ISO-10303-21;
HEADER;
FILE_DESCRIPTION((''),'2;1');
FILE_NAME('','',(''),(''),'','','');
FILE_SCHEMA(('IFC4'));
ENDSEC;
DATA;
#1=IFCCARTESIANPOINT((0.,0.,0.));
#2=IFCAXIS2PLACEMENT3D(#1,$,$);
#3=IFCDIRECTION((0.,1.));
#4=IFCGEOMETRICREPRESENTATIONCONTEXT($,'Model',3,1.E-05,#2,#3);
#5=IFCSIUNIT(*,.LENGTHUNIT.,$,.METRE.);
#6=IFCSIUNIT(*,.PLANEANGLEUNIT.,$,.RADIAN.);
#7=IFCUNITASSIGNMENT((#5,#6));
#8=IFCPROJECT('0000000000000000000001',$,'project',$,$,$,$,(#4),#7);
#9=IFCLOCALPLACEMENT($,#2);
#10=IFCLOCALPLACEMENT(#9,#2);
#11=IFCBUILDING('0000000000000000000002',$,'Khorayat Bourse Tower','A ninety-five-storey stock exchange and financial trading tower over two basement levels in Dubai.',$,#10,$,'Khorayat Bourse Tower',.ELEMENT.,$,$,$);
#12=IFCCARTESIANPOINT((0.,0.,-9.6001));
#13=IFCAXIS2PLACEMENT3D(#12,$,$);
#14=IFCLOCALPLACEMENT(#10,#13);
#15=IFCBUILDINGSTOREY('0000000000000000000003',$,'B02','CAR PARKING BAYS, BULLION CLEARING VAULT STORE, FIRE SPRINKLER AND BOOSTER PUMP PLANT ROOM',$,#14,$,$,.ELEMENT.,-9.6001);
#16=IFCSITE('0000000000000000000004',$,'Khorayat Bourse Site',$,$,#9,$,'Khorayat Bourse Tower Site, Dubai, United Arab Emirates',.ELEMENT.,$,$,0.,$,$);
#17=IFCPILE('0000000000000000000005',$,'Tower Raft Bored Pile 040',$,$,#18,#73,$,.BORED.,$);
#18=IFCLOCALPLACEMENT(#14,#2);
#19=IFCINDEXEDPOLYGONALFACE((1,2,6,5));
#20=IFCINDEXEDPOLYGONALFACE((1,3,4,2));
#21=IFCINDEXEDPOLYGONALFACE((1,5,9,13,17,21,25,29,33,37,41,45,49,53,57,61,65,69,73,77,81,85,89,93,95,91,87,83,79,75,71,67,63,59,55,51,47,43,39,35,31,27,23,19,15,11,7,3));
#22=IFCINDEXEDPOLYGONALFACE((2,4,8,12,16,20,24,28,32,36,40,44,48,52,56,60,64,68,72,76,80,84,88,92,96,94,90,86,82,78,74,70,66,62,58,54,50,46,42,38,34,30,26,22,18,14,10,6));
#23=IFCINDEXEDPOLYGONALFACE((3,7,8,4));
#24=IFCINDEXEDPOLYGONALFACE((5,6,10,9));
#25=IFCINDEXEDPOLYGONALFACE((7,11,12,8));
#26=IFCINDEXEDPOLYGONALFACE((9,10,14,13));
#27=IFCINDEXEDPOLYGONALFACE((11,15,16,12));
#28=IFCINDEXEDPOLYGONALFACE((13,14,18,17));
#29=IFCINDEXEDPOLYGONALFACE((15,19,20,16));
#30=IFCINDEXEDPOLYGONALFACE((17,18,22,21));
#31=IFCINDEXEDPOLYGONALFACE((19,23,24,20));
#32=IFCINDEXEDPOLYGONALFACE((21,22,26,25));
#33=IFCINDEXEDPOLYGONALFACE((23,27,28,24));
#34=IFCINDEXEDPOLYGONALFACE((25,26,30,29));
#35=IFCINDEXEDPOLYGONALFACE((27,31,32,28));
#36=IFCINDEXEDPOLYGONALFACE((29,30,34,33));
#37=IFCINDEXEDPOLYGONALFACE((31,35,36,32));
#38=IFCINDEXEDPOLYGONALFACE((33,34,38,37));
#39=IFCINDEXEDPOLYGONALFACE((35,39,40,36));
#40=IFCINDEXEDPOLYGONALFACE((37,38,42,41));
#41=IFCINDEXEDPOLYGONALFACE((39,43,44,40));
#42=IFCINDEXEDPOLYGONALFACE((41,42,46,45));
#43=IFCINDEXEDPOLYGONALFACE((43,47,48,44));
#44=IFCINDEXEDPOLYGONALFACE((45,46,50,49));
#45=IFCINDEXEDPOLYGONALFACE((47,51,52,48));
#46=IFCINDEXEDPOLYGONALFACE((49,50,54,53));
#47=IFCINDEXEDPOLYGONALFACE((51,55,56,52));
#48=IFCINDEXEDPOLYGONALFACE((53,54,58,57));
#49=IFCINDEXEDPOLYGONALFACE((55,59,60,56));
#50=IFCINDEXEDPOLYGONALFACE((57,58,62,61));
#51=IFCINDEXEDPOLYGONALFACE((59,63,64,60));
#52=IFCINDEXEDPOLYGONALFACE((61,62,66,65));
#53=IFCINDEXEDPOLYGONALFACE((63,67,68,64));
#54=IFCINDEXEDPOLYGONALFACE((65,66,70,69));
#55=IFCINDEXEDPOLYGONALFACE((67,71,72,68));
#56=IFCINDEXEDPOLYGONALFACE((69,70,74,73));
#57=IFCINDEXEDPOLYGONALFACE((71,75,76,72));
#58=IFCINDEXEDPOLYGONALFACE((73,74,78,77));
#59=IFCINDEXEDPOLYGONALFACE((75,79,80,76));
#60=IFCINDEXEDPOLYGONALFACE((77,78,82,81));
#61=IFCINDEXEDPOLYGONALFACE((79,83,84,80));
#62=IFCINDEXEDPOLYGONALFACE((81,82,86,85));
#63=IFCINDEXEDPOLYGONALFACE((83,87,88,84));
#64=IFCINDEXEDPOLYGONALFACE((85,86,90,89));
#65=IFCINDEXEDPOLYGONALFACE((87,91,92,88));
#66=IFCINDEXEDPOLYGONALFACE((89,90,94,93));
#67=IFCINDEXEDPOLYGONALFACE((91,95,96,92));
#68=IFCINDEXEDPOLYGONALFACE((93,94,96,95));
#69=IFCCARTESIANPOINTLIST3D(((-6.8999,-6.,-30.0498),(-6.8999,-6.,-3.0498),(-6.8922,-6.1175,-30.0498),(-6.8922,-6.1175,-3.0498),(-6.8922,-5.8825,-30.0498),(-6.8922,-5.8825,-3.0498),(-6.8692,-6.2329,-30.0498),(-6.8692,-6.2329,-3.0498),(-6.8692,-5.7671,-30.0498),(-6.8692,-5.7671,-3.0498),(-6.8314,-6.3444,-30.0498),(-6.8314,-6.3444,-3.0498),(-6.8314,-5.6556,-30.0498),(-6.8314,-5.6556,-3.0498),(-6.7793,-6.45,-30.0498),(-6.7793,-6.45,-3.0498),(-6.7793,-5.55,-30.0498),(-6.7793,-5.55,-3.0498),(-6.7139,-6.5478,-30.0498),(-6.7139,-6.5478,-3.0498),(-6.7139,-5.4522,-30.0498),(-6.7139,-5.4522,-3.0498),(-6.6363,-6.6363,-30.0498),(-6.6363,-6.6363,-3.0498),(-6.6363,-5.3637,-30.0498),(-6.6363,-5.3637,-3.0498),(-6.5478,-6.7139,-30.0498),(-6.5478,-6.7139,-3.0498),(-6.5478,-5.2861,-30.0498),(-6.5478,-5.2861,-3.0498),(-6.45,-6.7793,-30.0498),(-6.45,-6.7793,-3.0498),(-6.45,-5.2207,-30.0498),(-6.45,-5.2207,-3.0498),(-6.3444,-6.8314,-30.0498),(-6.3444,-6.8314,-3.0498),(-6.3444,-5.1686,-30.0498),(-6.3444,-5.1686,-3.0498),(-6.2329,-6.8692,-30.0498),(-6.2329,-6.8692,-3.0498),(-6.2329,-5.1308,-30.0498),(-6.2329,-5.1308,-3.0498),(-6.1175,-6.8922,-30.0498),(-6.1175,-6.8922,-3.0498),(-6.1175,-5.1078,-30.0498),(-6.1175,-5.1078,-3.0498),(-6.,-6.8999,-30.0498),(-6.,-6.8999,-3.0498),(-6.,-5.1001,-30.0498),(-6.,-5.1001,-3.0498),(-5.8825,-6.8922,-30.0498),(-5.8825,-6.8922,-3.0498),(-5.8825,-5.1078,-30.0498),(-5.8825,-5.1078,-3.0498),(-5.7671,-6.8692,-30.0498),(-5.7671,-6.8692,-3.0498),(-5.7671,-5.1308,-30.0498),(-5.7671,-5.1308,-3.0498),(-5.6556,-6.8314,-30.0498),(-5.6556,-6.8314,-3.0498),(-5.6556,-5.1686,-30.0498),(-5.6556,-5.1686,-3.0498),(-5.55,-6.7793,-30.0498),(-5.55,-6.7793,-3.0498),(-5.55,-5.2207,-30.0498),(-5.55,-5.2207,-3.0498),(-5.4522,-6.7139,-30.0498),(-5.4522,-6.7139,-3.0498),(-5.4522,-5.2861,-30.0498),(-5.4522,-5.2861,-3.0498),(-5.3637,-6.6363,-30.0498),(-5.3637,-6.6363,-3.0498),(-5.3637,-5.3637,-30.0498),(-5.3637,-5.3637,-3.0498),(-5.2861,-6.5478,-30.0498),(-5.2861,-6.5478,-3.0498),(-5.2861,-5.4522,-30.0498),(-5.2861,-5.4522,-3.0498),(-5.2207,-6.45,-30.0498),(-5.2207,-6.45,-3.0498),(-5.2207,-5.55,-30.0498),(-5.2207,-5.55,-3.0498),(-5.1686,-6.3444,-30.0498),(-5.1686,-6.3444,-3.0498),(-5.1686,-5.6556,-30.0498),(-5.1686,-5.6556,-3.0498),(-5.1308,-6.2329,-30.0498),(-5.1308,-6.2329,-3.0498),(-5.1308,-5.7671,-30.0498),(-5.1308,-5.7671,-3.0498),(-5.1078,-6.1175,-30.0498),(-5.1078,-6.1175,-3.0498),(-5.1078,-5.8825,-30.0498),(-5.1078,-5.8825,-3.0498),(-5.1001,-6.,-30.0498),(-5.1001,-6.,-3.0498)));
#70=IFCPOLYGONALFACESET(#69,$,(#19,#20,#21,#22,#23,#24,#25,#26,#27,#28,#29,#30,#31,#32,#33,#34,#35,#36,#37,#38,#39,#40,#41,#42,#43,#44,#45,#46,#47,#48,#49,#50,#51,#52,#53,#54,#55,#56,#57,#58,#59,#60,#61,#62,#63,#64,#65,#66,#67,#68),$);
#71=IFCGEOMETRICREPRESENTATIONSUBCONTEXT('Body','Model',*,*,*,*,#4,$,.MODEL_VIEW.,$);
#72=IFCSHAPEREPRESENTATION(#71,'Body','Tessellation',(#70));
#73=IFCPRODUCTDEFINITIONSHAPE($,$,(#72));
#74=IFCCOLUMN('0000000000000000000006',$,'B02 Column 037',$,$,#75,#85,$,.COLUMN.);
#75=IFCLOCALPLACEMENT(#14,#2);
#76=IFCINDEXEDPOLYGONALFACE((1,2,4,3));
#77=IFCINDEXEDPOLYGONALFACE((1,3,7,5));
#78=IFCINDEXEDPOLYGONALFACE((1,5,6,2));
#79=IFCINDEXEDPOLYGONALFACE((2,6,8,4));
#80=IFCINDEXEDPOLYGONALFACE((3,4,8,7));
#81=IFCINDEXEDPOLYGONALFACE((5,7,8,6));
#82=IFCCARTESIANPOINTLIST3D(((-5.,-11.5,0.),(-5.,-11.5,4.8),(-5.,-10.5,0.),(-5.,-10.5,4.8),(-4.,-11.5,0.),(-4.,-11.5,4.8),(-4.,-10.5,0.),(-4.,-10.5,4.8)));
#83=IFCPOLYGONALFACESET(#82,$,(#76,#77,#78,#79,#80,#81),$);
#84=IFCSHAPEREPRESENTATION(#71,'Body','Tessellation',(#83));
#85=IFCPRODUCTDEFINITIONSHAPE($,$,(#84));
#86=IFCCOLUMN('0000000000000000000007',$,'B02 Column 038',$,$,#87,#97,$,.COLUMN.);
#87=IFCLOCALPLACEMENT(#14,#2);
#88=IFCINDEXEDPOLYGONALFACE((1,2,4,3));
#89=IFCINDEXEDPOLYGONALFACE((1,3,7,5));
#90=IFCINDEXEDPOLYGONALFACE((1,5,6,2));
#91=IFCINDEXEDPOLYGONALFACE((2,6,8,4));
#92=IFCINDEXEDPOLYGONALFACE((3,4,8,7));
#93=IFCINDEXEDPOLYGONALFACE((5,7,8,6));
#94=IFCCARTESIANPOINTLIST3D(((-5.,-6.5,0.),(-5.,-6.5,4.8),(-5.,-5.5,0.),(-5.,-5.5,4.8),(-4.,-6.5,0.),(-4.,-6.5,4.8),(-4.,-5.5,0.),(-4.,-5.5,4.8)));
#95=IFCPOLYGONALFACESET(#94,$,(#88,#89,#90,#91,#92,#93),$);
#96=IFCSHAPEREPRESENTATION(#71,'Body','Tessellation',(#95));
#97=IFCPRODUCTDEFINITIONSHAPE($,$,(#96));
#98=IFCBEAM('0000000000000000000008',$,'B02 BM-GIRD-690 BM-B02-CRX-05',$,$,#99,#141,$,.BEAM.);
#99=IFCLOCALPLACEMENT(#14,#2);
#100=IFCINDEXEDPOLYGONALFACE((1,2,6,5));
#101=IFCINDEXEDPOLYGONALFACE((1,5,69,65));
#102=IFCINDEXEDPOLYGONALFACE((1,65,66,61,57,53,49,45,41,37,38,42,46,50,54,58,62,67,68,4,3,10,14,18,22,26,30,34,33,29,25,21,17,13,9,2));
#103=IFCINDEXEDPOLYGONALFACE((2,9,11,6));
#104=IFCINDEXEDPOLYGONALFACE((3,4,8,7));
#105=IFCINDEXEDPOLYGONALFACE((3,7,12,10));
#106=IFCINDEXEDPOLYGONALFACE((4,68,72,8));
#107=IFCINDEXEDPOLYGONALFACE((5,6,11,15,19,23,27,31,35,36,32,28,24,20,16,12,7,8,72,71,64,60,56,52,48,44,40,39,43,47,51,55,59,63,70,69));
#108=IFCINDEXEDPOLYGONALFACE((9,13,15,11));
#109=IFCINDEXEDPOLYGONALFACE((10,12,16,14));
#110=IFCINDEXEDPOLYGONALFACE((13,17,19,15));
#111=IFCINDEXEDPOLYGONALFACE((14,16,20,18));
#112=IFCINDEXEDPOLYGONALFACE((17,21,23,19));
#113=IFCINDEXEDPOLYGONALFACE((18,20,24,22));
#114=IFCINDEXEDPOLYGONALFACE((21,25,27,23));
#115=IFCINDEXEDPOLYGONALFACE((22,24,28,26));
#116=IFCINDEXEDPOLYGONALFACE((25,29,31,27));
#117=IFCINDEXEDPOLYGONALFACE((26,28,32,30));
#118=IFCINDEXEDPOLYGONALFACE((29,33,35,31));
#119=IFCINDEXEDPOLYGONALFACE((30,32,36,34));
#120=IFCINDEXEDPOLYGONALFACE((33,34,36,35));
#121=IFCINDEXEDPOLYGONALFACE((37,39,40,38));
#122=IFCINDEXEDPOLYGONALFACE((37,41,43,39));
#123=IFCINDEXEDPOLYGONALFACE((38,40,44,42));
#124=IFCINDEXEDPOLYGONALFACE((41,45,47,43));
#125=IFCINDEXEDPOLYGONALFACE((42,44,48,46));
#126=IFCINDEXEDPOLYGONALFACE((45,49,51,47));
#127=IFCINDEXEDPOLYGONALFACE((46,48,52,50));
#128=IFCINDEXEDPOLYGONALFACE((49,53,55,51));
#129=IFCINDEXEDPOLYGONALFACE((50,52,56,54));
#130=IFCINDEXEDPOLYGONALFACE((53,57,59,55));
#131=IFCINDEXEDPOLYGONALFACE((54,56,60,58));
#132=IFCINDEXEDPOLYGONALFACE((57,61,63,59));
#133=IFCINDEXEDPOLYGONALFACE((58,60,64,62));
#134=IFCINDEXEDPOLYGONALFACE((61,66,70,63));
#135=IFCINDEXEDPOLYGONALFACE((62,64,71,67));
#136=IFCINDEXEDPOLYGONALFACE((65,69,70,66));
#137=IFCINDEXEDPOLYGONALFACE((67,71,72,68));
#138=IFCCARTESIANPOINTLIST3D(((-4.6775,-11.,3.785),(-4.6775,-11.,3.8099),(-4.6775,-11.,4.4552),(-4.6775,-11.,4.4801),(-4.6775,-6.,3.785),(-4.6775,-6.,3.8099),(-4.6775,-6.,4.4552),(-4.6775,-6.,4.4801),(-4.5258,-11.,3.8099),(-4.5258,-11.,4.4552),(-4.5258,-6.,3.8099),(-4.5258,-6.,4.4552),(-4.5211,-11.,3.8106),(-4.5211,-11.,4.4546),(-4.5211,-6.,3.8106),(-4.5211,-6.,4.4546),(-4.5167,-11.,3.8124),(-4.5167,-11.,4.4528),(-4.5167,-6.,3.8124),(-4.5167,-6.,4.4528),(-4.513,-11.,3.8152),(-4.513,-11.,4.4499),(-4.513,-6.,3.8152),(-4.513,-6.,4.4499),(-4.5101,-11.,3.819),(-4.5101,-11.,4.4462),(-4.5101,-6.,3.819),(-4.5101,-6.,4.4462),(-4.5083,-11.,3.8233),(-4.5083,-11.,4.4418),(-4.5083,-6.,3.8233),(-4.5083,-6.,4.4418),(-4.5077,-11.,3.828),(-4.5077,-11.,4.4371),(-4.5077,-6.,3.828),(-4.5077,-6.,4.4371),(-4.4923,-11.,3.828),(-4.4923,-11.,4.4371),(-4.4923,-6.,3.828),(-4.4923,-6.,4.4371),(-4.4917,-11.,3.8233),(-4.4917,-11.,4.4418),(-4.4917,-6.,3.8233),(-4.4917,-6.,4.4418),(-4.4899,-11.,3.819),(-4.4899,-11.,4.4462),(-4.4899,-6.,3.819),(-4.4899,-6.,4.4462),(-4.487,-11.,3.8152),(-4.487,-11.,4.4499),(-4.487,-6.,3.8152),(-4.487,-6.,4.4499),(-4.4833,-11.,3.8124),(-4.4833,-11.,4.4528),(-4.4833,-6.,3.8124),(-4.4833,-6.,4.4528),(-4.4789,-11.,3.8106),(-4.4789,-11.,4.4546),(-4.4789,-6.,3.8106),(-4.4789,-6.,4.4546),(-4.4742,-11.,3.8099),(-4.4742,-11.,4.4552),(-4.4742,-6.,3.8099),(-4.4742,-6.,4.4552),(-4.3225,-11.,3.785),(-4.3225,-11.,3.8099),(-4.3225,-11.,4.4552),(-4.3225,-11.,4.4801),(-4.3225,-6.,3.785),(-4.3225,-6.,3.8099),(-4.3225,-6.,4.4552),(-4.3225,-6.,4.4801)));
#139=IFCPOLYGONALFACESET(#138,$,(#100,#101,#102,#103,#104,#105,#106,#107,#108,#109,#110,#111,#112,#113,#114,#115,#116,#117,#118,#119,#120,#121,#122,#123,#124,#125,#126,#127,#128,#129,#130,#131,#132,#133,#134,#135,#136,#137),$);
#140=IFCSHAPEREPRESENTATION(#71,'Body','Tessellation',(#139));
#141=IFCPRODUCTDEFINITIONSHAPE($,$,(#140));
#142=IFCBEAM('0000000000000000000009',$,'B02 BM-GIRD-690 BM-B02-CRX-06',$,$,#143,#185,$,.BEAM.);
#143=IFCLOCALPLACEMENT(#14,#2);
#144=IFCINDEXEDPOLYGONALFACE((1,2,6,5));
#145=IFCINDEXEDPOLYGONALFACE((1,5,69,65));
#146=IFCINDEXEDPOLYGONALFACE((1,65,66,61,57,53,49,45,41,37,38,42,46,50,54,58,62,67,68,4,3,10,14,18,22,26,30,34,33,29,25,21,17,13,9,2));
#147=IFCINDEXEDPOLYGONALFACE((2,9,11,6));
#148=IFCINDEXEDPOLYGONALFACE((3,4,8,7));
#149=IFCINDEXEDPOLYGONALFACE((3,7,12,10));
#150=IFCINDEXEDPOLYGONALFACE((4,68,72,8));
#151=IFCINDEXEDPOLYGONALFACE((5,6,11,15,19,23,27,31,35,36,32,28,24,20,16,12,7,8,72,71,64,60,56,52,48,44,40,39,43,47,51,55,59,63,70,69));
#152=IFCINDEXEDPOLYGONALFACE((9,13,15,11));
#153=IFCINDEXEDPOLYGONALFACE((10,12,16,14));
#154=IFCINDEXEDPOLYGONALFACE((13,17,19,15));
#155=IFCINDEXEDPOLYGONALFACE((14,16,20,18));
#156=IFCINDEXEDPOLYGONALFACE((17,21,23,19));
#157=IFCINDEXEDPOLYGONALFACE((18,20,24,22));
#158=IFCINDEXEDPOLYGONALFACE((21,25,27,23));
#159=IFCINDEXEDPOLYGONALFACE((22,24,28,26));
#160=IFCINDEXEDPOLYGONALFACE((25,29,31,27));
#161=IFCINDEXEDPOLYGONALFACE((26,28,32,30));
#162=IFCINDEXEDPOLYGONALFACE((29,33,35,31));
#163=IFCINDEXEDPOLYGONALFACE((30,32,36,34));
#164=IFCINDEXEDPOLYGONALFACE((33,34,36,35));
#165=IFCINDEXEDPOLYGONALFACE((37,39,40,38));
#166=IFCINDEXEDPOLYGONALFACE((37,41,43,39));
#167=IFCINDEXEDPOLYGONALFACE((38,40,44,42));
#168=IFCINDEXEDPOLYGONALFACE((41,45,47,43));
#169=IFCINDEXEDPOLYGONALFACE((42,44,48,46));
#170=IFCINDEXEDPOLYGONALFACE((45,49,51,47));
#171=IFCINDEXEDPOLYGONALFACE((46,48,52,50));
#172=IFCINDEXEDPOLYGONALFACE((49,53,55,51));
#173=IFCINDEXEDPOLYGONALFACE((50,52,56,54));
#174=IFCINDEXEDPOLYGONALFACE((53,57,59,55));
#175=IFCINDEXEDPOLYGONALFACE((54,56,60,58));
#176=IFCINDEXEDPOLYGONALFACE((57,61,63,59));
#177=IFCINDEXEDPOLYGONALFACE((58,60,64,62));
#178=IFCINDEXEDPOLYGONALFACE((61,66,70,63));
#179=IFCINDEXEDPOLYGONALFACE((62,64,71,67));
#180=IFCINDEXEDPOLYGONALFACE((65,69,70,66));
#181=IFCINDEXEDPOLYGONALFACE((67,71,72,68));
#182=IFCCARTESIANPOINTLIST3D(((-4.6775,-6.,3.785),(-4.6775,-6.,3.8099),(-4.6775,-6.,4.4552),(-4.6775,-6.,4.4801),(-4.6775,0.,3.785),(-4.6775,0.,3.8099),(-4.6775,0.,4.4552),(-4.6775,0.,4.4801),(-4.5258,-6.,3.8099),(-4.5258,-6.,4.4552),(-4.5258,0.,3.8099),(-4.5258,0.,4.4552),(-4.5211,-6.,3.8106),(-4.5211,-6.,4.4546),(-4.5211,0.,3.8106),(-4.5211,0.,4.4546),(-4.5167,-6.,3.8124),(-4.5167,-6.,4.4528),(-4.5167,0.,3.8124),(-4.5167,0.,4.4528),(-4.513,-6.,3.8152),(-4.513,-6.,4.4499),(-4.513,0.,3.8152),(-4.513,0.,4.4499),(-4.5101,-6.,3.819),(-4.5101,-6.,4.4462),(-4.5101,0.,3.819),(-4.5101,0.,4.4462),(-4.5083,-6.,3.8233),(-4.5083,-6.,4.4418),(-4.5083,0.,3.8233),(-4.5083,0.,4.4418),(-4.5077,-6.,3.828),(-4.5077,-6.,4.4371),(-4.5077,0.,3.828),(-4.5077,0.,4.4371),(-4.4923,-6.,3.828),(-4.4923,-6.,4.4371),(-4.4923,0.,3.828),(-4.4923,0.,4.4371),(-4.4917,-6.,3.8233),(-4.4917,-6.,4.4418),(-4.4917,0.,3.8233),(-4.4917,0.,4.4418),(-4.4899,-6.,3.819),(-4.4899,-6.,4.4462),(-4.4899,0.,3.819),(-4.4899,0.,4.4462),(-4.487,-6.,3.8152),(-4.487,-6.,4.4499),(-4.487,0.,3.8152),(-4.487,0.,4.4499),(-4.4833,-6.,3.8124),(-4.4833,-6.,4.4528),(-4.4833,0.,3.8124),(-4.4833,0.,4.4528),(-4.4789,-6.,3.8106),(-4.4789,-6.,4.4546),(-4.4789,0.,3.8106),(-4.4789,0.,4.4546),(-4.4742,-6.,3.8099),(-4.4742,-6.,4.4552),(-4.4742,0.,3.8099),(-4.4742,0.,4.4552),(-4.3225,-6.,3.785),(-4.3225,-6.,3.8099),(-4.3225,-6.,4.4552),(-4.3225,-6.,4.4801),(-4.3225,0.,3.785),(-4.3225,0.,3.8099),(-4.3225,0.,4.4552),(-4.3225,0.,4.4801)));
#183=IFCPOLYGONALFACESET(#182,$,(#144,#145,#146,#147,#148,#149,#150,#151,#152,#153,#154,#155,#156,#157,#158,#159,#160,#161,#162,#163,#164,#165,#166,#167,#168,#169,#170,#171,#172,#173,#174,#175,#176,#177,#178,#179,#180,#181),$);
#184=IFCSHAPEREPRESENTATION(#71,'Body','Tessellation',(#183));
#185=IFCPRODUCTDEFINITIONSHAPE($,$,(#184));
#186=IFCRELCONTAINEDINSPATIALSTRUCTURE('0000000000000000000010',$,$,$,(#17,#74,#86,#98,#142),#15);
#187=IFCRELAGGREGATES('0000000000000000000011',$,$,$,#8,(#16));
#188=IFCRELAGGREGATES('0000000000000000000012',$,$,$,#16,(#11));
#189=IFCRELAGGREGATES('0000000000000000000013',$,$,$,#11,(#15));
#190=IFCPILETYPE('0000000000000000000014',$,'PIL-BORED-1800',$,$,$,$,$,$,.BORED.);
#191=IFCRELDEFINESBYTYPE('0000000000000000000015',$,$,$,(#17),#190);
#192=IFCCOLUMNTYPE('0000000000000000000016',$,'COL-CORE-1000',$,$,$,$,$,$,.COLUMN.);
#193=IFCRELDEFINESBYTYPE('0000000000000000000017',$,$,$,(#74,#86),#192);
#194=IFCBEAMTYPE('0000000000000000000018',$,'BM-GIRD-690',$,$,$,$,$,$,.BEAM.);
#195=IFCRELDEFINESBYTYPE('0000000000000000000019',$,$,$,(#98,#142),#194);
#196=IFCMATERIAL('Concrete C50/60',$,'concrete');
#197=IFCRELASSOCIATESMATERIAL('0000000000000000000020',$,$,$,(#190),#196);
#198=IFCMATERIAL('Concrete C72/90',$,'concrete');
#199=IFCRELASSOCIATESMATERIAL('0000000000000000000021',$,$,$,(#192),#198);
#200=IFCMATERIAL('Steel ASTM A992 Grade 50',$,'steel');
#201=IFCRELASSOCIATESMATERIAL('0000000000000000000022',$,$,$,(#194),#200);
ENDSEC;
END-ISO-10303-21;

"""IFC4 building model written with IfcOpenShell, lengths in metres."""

from ifc_helpers import new_model, si_unit, direction, frame, origin, origin_2d, place, context, subcontext, project, spatial, rectangle, circle, i_section, extrude, source, transform, mapped, material, material_profile, profile_set, type_object, element, save


model = new_model("IFC4")

# Units and contexts
model_context = context("Model", 3, precision=1e-05, world=origin(), true_north=direction((0.0, 1.0)))
body_context = subcontext(model_context, "Body", "Model", "MODEL_VIEW")
ifc_project = project(units=[si_unit("LENGTHUNIT", "METRE"), si_unit("PLANEANGLEUNIT", "RADIAN")], contexts=[model_context])

# Site, building, storey
site_placement = place(None, origin())
site = spatial("IfcSite", under=ifc_project, at=site_placement, Name="Khorayat Bourse Site", LongName="Khorayat Bourse Tower Site, Dubai, United Arab Emirates", CompositionType="ELEMENT", RefElevation=0.0)
building_placement = place(site_placement, origin())
building = spatial("IfcBuilding", under=site, at=building_placement, Name="Khorayat Bourse Tower", Description="A ninety-five-storey stock exchange and financial trading tower over two basement levels in Dubai.", LongName="Khorayat Bourse Tower", CompositionType="ELEMENT")
storey_placement = place(building_placement, frame((0.0, 0.0, -9.6001)))
storey = spatial("IfcBuildingStorey", under=building, at=storey_placement, Name="B02", Description="CAR PARKING BAYS, BULLION CLEARING VAULT STORE, FIRE SPRINKLER AND BOOSTER PUMP PLANT ROOM", CompositionType="ELEMENT", Elevation=-9.6001)

# Pile
ifc_material_1 = material(Name="Concrete C50/60", Category="concrete")
ifc_material_profile_1 = material_profile(ifc_material_1, circle(Radius=0.8999, at=origin_2d()), Name="BORED PILE D1800")
ifc_profile_set_1 = profile_set([ifc_material_profile_1], Name="Concrete C50/60")
pile_type = type_object("IfcPileType", Name="PIL-BORED-1800", PredefinedType="BORED", material=ifc_profile_set_1)
shared_shape_1 = source(origin(), body_context, "Body", "SweptSolid", [
    extrude(circle(Radius=0.8999, at=origin_2d()), origin(), (0.0, 0.0, 1.0), 27.0),
])
pile_placement = place(storey_placement, frame((-6.0, -6.0, -3.0498), z_axis=(0.0, 0.0, -1.0), x_axis=(1.0, 0.0, 0.0)))
element("IfcPile", 1, at=pile_placement, inside=storey, type_object=pile_type, Name="Tower Raft Bored Pile 040", PredefinedType="BORED", context=body_context, shape_type="MappedRepresentation", body=[
    mapped(shared_shape_1, transform((0.0, 0.0, 0.0), scale=1.0)),
])

# Columns
ifc_material_2 = material(Name="Concrete C72/90", Category="concrete")
ifc_material_profile_2 = material_profile(ifc_material_2, rectangle(XDim=1.0, YDim=1.0, at=origin_2d()), Name="RC 1000x1000")
ifc_profile_set_2 = profile_set([ifc_material_profile_2], Name="Concrete C72/90")
column_type = type_object("IfcColumnType", Name="COL-CORE-1000", PredefinedType="COLUMN", material=ifc_profile_set_2)
shared_shape_2 = source(origin(), body_context, "Body", "SweptSolid", [
    extrude(rectangle(XDim=1.0, YDim=1.0, at=origin_2d()), origin(), (0.0, 0.0, 1.0), 4.8),
])
for number, where, z_axis, x_axis, name in (
    (2, (-4.5, -11.0, 0.0), (0.0, 0.0, 1.0), (1.0, 0.0, 0.0), "B02 Column 037"),
    (3, (-4.5, -6.0, 0.0), (0.0, 0.0, 1.0), (1.0, 0.0, 0.0), "B02 Column 038"),
):
    element("IfcColumn", number, at=place(storey_placement, frame(where, z_axis=z_axis, x_axis=x_axis)), inside=storey, type_object=column_type, Name=name, PredefinedType="COLUMN", context=body_context, shape_type="MappedRepresentation", body=[
        mapped(shared_shape_2, transform((0.0, 0.0, 0.0), scale=1.0)),
    ])

# Beams
ifc_material_3 = material(Name="Steel ASTM A992 Grade 50", Category="steel")
ifc_material_profile_3 = material_profile(ifc_material_3, i_section(OverallWidth=0.355, OverallDepth=0.6951, WebThickness=0.0154, FlangeThickness=0.0249, FilletRadius=0.0181, at=origin_2d()), Name="W690X217")
ifc_profile_set_3 = profile_set([ifc_material_profile_3], Name="Steel ASTM A992 Grade 50")
beam_type_1 = type_object("IfcBeamType", Name="BM-GIRD-690", PredefinedType="BEAM", material=ifc_profile_set_3)
shared_shape_3 = source(origin(), body_context, "Body", "SweptSolid", [
    extrude(i_section(OverallWidth=0.355, OverallDepth=0.6951, WebThickness=0.0154, FlangeThickness=0.0249, FilletRadius=0.0181, at=origin_2d()), origin(), (0.0, 0.0, 1.0), 5.0),
])
beam_1_placement = place(storey_placement, frame((-4.5, -11.0, 4.1326), z_axis=(0.0, 1.0, 0.0), x_axis=(-1.0, 0.0, 0.0)))
element("IfcBeam", 4, at=beam_1_placement, inside=storey, type_object=beam_type_1, Name="B02 BM-GIRD-690 BM-B02-CRX-05", PredefinedType="BEAM", context=body_context, shape_type="MappedRepresentation", body=[
    mapped(shared_shape_3, transform((0.0, 0.0, 0.0), scale=1.0)),
])
shared_shape_4 = source(origin(), body_context, "Body", "SweptSolid", [
    extrude(i_section(OverallWidth=0.355, OverallDepth=0.6951, WebThickness=0.0154, FlangeThickness=0.0249, FilletRadius=0.0181, at=origin_2d()), origin(), (0.0, 0.0, 1.0), 6.0),
])
beam_2_placement = place(storey_placement, frame((-4.5, -6.0, 4.1326), z_axis=(0.0, 1.0, 0.0), x_axis=(-1.0, 0.0, 0.0)))
element("IfcBeam", 5, at=beam_2_placement, inside=storey, type_object=beam_type_1, Name="B02 BM-GIRD-690 BM-B02-CRX-06", PredefinedType="BEAM", context=body_context, shape_type="MappedRepresentation", body=[
    mapped(shared_shape_4, transform((0.0, 0.0, 0.0), scale=1.0)),
])

save(model, "model.ifc")
